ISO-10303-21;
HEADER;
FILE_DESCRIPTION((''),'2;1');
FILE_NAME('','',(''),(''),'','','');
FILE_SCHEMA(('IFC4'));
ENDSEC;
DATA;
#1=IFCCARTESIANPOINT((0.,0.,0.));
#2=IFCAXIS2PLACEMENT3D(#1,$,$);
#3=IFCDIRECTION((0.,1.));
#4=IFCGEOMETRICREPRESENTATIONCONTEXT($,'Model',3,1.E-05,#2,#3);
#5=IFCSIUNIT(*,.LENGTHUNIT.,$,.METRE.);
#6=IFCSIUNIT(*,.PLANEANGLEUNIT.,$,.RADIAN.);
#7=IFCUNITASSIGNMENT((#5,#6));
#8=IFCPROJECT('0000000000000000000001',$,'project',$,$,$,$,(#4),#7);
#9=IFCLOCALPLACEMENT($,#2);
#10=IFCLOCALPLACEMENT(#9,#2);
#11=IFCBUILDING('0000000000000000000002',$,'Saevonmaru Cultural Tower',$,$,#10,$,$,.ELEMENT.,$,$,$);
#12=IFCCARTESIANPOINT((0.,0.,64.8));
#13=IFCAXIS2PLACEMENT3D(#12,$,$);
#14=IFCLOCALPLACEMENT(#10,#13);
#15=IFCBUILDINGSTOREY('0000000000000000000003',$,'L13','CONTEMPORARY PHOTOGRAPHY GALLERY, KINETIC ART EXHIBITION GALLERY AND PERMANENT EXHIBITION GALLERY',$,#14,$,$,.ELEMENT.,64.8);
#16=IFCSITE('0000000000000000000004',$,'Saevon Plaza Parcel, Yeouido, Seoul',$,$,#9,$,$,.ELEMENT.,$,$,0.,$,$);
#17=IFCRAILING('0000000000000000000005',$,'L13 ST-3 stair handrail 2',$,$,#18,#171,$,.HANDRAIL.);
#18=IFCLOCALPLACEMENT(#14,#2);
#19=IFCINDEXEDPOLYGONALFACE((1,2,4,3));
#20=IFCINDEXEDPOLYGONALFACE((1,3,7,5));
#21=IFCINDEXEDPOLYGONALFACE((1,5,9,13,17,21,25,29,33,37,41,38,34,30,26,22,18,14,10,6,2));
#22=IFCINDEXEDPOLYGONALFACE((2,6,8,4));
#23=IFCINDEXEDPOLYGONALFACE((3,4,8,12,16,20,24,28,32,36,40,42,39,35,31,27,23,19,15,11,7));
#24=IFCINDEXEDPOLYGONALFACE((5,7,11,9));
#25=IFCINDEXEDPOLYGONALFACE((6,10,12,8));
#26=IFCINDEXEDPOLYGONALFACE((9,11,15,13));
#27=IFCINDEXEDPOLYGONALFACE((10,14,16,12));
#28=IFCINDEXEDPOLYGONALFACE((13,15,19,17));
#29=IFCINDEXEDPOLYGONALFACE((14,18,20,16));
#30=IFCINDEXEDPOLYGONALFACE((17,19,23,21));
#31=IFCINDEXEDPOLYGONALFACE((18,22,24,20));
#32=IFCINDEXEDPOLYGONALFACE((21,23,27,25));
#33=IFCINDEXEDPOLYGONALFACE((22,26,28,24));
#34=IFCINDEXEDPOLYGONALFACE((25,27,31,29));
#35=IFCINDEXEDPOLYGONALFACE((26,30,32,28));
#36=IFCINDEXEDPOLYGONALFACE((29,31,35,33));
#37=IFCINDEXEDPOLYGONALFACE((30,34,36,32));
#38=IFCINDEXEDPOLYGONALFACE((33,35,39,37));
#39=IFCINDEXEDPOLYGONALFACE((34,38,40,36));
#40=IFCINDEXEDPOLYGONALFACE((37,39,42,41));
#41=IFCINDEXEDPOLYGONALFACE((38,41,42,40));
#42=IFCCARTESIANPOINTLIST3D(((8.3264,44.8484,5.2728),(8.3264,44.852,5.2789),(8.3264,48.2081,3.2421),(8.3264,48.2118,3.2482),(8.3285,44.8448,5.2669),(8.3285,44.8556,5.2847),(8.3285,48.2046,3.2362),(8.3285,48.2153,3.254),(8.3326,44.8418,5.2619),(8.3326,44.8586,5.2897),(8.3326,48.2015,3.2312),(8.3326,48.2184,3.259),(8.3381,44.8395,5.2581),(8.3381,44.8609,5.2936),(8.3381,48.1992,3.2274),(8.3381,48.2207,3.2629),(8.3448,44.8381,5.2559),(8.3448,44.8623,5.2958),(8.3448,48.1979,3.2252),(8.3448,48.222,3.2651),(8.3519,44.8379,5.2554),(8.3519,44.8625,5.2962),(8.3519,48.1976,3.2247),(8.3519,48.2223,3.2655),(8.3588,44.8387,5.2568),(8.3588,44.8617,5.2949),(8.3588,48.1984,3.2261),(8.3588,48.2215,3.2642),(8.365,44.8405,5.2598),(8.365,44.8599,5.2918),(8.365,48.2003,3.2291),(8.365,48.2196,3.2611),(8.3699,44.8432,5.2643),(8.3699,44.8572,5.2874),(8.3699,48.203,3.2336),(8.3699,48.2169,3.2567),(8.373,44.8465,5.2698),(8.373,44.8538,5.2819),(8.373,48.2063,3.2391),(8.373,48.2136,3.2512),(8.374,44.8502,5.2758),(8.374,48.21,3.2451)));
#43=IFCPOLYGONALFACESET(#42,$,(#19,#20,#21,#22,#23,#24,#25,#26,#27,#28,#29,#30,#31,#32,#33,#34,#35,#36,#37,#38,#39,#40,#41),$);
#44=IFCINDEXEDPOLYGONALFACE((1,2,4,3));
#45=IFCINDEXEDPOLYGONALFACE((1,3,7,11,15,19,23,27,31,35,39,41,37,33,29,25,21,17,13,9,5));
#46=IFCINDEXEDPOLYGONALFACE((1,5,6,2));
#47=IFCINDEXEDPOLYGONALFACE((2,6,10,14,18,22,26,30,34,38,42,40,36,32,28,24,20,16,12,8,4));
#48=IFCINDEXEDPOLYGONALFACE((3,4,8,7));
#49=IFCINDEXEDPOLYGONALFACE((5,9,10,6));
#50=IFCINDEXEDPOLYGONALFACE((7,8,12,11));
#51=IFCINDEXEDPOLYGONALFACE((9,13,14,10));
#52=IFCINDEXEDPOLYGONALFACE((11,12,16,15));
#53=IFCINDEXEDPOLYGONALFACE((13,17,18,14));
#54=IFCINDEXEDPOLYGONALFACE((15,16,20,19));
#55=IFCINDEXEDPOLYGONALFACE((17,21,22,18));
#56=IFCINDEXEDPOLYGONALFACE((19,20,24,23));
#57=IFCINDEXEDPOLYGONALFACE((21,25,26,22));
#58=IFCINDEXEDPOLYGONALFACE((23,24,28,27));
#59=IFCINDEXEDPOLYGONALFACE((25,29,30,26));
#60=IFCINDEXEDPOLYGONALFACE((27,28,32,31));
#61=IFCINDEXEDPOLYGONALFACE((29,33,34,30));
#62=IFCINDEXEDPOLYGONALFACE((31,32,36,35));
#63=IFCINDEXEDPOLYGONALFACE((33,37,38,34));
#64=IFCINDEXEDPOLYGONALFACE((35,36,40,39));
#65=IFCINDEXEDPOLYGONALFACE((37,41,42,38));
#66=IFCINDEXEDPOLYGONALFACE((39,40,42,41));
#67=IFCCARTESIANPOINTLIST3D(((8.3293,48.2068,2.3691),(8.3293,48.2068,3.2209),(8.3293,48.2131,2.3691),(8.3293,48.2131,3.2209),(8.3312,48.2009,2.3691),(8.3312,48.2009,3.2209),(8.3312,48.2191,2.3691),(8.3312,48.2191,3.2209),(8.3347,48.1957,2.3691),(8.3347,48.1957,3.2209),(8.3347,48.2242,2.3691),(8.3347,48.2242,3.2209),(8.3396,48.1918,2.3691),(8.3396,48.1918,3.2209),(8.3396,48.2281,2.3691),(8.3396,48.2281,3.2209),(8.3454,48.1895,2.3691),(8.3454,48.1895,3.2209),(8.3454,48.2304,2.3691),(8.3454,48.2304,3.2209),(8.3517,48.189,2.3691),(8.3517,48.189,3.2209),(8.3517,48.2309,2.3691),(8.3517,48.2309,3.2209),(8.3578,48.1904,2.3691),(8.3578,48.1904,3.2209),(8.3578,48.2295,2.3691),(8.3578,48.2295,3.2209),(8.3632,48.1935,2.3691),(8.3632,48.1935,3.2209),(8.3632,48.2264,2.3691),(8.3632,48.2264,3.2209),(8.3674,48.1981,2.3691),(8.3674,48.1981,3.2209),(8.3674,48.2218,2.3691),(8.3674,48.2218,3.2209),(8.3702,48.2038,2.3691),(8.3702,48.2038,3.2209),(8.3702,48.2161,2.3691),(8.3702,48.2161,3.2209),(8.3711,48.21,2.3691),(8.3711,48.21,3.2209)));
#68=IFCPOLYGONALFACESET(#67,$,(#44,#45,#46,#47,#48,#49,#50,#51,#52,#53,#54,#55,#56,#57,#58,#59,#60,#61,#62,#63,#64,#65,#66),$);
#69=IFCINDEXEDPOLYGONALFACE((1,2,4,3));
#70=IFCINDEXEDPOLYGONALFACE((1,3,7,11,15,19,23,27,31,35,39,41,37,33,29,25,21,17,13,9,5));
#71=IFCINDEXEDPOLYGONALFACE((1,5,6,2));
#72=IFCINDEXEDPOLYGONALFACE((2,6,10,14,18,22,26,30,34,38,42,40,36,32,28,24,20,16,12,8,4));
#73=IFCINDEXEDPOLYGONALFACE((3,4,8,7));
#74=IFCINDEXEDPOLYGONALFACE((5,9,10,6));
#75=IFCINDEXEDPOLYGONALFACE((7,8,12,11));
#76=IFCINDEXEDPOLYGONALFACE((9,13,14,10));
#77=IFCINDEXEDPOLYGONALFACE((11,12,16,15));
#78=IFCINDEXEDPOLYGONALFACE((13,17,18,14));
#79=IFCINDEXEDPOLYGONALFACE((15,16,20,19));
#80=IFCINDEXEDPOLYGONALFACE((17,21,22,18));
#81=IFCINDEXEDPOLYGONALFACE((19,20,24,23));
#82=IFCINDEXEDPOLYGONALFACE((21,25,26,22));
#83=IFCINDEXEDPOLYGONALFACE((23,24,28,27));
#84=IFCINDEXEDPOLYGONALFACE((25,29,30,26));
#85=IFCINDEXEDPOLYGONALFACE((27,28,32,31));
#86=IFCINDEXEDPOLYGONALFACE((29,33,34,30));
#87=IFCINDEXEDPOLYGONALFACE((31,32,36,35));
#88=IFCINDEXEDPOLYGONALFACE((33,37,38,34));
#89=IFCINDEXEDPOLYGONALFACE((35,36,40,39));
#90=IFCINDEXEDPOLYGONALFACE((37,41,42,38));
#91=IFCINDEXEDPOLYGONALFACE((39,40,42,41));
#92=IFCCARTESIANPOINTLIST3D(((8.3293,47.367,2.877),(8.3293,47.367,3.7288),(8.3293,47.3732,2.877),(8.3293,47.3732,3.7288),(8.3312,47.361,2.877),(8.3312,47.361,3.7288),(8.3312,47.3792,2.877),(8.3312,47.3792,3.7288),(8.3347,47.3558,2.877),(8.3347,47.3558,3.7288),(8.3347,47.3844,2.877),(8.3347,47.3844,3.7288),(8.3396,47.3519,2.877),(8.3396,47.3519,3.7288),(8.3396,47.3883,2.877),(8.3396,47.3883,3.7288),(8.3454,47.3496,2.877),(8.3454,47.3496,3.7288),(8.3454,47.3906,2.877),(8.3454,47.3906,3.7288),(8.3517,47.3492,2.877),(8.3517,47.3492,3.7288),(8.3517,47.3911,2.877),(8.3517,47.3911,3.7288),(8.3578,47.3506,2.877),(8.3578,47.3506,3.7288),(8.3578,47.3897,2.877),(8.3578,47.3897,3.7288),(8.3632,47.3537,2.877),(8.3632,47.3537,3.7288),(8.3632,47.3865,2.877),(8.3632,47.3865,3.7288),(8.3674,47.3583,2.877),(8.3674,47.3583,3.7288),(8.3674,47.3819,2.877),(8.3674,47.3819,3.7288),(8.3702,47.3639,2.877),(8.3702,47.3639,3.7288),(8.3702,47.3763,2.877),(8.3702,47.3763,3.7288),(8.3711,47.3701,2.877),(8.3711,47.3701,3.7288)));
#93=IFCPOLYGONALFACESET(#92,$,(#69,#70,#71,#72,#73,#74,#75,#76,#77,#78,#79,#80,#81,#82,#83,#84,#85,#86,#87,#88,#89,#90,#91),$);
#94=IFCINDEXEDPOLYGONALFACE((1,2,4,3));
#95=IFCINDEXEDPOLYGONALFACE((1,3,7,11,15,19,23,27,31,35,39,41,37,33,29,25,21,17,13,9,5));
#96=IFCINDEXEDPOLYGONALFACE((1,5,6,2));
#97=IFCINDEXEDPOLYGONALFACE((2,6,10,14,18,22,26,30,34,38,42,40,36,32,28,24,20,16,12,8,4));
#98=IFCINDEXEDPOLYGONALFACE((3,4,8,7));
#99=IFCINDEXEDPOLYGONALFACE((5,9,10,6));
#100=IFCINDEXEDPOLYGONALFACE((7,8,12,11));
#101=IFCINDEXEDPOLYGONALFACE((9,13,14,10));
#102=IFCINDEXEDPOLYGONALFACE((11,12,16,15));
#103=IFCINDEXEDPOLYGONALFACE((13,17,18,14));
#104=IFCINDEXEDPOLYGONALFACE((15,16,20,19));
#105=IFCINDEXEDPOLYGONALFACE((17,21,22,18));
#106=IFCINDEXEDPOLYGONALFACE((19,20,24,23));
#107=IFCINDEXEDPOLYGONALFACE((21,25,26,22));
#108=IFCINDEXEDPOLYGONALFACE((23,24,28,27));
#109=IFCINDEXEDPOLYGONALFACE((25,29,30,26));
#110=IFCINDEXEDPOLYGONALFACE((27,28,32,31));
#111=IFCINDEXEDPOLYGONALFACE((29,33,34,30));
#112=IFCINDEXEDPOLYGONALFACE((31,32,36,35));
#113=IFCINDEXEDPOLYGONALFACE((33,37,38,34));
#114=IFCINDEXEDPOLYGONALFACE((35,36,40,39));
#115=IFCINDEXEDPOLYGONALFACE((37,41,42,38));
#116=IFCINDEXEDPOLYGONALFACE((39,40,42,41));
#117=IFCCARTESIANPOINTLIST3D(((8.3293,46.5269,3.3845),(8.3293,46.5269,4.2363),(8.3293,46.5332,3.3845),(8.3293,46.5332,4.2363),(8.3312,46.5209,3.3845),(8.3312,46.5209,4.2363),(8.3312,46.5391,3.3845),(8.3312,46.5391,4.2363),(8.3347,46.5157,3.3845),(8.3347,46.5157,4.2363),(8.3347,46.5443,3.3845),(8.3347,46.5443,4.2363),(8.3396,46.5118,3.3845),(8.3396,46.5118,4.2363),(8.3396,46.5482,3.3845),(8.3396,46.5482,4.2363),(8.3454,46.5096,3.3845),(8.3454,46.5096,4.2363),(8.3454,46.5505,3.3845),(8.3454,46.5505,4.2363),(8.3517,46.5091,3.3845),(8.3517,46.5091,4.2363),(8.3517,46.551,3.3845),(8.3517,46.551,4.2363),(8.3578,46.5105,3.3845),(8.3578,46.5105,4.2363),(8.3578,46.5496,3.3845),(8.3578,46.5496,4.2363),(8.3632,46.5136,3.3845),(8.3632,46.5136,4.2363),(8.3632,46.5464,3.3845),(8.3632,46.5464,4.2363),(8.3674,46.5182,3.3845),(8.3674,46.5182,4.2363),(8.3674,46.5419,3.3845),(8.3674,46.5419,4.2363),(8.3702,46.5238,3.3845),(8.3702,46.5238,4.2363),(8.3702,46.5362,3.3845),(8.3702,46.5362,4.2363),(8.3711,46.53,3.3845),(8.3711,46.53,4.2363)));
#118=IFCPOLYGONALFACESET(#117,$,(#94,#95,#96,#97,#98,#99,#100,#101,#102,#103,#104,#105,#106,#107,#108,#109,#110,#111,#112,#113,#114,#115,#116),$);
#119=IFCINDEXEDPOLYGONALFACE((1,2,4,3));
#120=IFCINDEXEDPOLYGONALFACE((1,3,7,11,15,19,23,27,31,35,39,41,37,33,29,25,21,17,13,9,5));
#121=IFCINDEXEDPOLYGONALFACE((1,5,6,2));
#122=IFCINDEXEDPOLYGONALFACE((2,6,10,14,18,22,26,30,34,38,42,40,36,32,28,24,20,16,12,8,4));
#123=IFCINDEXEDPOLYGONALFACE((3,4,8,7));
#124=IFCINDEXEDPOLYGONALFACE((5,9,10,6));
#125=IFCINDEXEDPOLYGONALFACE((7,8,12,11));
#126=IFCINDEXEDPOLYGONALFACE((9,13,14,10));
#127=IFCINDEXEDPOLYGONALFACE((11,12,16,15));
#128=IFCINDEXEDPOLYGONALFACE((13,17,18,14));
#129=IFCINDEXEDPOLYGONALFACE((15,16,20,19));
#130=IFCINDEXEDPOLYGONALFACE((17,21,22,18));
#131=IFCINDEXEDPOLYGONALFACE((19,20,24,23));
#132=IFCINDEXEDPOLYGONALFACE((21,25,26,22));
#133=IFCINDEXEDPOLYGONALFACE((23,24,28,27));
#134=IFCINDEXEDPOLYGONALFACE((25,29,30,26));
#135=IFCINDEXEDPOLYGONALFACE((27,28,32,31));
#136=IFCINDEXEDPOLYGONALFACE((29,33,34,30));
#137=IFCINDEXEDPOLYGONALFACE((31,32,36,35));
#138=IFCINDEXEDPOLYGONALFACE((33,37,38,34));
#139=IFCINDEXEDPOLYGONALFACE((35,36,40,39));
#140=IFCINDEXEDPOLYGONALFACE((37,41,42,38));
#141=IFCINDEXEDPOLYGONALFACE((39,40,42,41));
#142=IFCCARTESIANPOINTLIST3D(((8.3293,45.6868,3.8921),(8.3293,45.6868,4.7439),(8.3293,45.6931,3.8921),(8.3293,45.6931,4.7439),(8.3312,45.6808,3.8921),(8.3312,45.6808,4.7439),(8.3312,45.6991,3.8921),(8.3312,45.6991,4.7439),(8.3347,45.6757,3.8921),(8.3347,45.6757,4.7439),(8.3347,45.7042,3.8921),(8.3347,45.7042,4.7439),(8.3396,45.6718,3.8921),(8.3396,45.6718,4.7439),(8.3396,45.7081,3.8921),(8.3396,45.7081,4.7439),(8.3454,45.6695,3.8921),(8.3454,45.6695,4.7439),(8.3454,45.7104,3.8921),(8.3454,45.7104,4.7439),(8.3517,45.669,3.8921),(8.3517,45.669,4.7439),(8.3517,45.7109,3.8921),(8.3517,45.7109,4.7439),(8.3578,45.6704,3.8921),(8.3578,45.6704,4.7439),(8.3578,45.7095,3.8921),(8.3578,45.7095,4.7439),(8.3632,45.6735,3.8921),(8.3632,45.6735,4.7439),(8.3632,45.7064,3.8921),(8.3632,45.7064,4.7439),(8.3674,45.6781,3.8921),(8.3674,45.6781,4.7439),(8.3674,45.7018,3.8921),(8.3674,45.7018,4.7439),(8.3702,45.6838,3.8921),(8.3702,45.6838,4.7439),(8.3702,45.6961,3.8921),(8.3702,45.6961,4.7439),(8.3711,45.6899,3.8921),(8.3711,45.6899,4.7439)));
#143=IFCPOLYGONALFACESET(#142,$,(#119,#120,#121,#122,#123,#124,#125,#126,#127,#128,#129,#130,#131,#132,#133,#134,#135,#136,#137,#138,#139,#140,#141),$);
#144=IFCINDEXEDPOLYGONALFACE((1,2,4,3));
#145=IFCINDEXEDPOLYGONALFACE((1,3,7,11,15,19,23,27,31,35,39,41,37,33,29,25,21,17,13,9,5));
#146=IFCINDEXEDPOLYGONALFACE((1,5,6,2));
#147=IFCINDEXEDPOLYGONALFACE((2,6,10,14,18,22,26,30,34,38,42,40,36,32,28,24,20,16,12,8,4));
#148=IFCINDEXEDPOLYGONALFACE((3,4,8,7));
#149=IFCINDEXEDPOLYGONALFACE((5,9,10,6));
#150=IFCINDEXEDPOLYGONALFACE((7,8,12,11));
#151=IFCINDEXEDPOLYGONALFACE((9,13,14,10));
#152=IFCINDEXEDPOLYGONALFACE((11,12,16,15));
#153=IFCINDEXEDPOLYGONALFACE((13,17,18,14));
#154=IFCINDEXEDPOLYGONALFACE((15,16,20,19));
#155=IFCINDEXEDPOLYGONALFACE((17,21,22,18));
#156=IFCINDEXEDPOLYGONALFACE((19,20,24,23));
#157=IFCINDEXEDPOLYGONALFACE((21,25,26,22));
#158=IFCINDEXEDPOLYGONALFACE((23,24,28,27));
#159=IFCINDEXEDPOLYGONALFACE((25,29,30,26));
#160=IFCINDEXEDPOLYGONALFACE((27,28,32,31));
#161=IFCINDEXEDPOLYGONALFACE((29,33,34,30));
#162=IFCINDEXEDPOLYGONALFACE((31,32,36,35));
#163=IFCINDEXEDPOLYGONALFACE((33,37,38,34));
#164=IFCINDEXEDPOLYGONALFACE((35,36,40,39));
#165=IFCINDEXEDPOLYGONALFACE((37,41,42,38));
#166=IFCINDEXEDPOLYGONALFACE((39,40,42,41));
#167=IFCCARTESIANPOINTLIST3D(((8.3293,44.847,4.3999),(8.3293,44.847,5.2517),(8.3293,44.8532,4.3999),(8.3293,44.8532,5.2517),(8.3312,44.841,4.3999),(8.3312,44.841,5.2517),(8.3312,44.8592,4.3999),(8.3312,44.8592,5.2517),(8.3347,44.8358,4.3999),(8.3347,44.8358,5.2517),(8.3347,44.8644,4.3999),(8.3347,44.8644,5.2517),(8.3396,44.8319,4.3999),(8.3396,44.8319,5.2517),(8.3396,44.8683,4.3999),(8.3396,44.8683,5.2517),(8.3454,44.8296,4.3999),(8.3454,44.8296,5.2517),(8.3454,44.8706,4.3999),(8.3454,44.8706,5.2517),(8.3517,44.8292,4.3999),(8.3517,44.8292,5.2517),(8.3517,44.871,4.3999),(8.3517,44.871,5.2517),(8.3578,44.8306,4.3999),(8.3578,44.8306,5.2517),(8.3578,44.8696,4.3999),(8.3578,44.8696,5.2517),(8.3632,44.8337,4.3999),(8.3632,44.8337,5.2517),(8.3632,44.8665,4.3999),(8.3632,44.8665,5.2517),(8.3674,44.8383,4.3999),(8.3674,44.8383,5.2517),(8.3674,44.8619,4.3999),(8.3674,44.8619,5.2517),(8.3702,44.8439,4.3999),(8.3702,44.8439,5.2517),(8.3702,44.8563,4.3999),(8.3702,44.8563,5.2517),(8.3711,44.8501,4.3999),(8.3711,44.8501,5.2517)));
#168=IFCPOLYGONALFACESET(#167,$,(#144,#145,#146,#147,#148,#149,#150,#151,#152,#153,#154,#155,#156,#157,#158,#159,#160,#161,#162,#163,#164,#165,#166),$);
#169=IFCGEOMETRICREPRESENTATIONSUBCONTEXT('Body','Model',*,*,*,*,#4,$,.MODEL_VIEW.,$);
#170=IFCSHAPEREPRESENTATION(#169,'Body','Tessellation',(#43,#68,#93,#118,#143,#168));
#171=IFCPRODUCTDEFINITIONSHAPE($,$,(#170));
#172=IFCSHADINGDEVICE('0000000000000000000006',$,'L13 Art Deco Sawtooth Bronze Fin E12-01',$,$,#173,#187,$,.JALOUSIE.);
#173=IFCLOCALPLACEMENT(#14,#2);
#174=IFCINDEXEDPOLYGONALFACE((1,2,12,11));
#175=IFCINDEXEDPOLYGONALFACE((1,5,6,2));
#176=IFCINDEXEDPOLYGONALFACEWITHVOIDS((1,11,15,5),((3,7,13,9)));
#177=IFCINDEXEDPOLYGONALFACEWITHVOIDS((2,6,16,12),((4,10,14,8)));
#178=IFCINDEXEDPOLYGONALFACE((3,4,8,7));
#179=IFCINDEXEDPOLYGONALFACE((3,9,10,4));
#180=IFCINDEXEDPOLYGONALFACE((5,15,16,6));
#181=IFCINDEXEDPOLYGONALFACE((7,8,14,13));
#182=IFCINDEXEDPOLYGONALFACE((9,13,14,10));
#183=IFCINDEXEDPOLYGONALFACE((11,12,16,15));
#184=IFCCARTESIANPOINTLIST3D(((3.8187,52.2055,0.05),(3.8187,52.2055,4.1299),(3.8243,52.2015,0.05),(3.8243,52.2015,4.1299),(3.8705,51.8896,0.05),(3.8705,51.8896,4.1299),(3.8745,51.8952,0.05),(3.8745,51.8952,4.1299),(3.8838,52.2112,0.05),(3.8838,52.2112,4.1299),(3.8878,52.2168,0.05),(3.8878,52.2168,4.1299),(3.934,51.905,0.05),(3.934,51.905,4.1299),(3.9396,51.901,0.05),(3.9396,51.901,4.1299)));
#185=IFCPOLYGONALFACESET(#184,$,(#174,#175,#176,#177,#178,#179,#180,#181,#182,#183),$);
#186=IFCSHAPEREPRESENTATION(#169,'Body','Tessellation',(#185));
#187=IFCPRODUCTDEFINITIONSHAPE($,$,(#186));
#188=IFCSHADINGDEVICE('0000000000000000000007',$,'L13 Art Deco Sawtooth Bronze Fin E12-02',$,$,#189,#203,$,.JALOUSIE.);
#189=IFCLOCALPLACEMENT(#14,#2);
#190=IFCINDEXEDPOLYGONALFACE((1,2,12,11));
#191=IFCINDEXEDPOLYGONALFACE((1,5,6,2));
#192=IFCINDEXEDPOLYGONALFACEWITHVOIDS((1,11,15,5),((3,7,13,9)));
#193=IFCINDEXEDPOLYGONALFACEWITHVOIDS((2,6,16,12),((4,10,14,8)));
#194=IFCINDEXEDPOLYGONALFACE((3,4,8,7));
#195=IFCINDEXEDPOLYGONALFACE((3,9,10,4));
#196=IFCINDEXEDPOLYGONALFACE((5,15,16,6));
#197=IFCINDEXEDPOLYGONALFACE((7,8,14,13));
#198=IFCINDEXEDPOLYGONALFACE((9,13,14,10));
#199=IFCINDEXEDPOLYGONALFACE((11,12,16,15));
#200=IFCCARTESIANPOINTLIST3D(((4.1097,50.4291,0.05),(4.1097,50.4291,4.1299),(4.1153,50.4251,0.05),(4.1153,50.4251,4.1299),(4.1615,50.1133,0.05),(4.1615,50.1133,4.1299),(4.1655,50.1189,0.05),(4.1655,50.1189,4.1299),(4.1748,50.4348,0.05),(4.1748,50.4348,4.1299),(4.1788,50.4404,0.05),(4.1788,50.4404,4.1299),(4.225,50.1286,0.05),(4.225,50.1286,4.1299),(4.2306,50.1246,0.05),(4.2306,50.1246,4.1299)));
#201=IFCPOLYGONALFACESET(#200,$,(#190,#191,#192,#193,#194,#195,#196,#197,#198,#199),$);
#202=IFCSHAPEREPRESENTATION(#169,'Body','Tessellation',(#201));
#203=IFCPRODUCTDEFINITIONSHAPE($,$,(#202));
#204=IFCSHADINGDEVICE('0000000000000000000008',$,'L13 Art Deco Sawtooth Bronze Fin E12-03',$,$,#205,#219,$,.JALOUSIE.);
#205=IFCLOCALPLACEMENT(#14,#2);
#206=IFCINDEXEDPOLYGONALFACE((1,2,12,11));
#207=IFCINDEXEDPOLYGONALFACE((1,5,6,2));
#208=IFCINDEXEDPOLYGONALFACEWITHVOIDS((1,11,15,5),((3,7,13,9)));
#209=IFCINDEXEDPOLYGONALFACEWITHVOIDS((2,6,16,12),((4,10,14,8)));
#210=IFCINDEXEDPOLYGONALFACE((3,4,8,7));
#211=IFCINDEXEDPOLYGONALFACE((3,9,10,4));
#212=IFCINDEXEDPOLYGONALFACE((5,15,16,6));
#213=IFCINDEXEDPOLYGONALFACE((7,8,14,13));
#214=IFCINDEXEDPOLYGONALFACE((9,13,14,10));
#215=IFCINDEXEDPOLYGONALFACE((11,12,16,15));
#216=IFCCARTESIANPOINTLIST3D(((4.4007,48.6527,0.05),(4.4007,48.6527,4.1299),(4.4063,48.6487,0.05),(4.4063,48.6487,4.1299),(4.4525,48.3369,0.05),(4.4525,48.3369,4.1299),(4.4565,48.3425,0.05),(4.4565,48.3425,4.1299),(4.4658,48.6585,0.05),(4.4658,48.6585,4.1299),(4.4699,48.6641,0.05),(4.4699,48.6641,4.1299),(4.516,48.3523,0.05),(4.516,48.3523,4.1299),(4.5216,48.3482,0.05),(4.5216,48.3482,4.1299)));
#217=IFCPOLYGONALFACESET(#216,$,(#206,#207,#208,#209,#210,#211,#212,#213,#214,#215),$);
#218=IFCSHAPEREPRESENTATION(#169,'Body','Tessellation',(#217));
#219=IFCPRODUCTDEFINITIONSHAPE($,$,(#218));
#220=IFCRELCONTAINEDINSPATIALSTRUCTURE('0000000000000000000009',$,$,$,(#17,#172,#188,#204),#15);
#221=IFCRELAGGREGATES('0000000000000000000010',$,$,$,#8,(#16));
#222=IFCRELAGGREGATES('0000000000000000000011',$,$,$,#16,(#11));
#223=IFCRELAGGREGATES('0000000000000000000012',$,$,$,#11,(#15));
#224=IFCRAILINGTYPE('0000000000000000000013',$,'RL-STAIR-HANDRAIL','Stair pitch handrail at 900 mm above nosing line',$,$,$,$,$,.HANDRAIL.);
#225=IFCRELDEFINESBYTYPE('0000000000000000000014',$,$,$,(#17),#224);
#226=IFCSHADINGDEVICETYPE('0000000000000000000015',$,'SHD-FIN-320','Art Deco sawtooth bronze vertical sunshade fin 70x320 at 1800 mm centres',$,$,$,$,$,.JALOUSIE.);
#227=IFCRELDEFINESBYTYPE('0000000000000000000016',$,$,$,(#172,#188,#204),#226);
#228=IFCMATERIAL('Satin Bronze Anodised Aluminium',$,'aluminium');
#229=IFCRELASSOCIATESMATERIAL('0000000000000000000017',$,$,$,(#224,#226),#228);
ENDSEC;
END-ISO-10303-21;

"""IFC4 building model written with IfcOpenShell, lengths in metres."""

from ifc_helpers import new_model, si_unit, direction, frame, origin, origin_2d, place, context, subcontext, project, spatial, hollow_rectangle, circle, extrude, material, material_profile, profile_set, type_object, element, save


model = new_model("IFC4")

# Units and contexts
model_context = context("Model", 3, precision=1e-05, world=origin(), true_north=direction((0.0, 1.0)))
body_context = subcontext(model_context, "Body", "Model", "MODEL_VIEW")
ifc_project = project(units=[si_unit("LENGTHUNIT", "METRE"), si_unit("PLANEANGLEUNIT", "RADIAN")], contexts=[model_context])

# Site, building, storey
site_placement = place(None, origin())
site = spatial("IfcSite", under=ifc_project, at=site_placement, Name="Saevon Plaza Parcel, Yeouido, Seoul", CompositionType="ELEMENT", RefElevation=0.0)
building_placement = place(site_placement, origin())
building = spatial("IfcBuilding", under=site, at=building_placement, Name="Saevonmaru Cultural Tower", CompositionType="ELEMENT")
storey_placement = place(building_placement, frame((0.0, 0.0, 64.8)))
storey = spatial("IfcBuildingStorey", under=building, at=storey_placement, Name="L13", Description="CONTEMPORARY PHOTOGRAPHY GALLERY, KINETIC ART EXHIBITION GALLERY AND PERMANENT EXHIBITION GALLERY", CompositionType="ELEMENT", Elevation=64.8)

# Shared definitions
ifc_material_1 = material(Name="Satin Bronze Anodised Aluminium", Category="aluminium")

# Railing
railing_type_1 = type_object("IfcRailingType", Name="RL-STAIR-HANDRAIL", Description="Stair pitch handrail at 900 mm above nosing line", PredefinedType="HANDRAIL", material=ifc_material_1)
railing_1_placement = place(storey_placement, frame((8.3501, 48.21, 2.3691)))
element("IfcRailing", 1, at=railing_1_placement, inside=storey, type_object=railing_type_1, Name="L13 ST-3 stair handrail 2", PredefinedType="HANDRAIL", context=body_context, shape_type="SweptSolid", body=[
    extrude(circle(Radius=0.0239, at=origin_2d()), frame((0.0, 0.0, 0.876), z_axis=(0.0, -0.85582, 0.517273), x_axis=(1.0, 0.0, 0.0)), (0.0, 0.0, 1.0), 3.9258),
    extrude(circle(Radius=0.021, at=origin_2d()), origin(), (0.0, 0.0, 1.0), 0.8518),
    extrude(circle(Radius=0.021, at=origin_2d()), frame((0.0, -0.8398, 0.5078)), (0.0, 0.0, 1.0), 0.8518),
    extrude(circle(Radius=0.021, at=origin_2d()), frame((0.0, -1.6799, 1.0154)), (0.0, 0.0, 1.0), 0.8518),
    extrude(circle(Radius=0.021, at=origin_2d()), frame((0.0, -2.52, 1.5229)), (0.0, 0.0, 1.0), 0.8518),
    extrude(circle(Radius=0.021, at=origin_2d()), frame((0.0, -3.3599, 2.0308)), (0.0, 0.0, 1.0), 0.8518),
])

# Shading devices
ifc_material_profile_1 = material_profile(ifc_material_1, hollow_rectangle(XDim=0.0701, YDim=0.3201, WallThickness=0.0049, at=origin_2d()), Name="FIN-320x70")
ifc_profile_set_1 = profile_set([ifc_material_profile_1], Name="Satin Bronze Anodised Aluminium")
shading_device_type = type_object("IfcShadingDeviceType", Name="SHD-FIN-320", Description="Art Deco sawtooth bronze vertical sunshade fin 70x320 at 1800 mm centres", PredefinedType="JALOUSIE", material=ifc_profile_set_1)
for number, where, z_axis, x_axis, name in (
    (2, (3.8792, 52.0532, 0.05), (0.0, 0.0, 1.0), (-0.986827, -0.161776, 0.0), "L13 Art Deco Sawtooth Bronze Fin E12-01"),
    (3, (4.1702, 50.2769, 0.05), (0.0, 0.0, 1.0), (-0.986827, -0.161776, 0.0), "L13 Art Deco Sawtooth Bronze Fin E12-02"),
    (4, (4.4612, 48.5005, 0.05), (0.0, 0.0, 1.0), (-0.986827, -0.161776, 0.0), "L13 Art Deco Sawtooth Bronze Fin E12-03"),
):
    element("IfcShadingDevice", number, at=place(storey_placement, frame(where, z_axis=z_axis, x_axis=x_axis)), inside=storey, type_object=shading_device_type, Name=name, PredefinedType="JALOUSIE", context=body_context, shape_type="SweptSolid", body=[
        extrude(hollow_rectangle(XDim=0.0701, YDim=0.3201, WallThickness=0.0049, at=origin_2d()), origin(), (0.0, 0.0, 1.0), 4.0798),
    ])

save(model, "model.ifc")
